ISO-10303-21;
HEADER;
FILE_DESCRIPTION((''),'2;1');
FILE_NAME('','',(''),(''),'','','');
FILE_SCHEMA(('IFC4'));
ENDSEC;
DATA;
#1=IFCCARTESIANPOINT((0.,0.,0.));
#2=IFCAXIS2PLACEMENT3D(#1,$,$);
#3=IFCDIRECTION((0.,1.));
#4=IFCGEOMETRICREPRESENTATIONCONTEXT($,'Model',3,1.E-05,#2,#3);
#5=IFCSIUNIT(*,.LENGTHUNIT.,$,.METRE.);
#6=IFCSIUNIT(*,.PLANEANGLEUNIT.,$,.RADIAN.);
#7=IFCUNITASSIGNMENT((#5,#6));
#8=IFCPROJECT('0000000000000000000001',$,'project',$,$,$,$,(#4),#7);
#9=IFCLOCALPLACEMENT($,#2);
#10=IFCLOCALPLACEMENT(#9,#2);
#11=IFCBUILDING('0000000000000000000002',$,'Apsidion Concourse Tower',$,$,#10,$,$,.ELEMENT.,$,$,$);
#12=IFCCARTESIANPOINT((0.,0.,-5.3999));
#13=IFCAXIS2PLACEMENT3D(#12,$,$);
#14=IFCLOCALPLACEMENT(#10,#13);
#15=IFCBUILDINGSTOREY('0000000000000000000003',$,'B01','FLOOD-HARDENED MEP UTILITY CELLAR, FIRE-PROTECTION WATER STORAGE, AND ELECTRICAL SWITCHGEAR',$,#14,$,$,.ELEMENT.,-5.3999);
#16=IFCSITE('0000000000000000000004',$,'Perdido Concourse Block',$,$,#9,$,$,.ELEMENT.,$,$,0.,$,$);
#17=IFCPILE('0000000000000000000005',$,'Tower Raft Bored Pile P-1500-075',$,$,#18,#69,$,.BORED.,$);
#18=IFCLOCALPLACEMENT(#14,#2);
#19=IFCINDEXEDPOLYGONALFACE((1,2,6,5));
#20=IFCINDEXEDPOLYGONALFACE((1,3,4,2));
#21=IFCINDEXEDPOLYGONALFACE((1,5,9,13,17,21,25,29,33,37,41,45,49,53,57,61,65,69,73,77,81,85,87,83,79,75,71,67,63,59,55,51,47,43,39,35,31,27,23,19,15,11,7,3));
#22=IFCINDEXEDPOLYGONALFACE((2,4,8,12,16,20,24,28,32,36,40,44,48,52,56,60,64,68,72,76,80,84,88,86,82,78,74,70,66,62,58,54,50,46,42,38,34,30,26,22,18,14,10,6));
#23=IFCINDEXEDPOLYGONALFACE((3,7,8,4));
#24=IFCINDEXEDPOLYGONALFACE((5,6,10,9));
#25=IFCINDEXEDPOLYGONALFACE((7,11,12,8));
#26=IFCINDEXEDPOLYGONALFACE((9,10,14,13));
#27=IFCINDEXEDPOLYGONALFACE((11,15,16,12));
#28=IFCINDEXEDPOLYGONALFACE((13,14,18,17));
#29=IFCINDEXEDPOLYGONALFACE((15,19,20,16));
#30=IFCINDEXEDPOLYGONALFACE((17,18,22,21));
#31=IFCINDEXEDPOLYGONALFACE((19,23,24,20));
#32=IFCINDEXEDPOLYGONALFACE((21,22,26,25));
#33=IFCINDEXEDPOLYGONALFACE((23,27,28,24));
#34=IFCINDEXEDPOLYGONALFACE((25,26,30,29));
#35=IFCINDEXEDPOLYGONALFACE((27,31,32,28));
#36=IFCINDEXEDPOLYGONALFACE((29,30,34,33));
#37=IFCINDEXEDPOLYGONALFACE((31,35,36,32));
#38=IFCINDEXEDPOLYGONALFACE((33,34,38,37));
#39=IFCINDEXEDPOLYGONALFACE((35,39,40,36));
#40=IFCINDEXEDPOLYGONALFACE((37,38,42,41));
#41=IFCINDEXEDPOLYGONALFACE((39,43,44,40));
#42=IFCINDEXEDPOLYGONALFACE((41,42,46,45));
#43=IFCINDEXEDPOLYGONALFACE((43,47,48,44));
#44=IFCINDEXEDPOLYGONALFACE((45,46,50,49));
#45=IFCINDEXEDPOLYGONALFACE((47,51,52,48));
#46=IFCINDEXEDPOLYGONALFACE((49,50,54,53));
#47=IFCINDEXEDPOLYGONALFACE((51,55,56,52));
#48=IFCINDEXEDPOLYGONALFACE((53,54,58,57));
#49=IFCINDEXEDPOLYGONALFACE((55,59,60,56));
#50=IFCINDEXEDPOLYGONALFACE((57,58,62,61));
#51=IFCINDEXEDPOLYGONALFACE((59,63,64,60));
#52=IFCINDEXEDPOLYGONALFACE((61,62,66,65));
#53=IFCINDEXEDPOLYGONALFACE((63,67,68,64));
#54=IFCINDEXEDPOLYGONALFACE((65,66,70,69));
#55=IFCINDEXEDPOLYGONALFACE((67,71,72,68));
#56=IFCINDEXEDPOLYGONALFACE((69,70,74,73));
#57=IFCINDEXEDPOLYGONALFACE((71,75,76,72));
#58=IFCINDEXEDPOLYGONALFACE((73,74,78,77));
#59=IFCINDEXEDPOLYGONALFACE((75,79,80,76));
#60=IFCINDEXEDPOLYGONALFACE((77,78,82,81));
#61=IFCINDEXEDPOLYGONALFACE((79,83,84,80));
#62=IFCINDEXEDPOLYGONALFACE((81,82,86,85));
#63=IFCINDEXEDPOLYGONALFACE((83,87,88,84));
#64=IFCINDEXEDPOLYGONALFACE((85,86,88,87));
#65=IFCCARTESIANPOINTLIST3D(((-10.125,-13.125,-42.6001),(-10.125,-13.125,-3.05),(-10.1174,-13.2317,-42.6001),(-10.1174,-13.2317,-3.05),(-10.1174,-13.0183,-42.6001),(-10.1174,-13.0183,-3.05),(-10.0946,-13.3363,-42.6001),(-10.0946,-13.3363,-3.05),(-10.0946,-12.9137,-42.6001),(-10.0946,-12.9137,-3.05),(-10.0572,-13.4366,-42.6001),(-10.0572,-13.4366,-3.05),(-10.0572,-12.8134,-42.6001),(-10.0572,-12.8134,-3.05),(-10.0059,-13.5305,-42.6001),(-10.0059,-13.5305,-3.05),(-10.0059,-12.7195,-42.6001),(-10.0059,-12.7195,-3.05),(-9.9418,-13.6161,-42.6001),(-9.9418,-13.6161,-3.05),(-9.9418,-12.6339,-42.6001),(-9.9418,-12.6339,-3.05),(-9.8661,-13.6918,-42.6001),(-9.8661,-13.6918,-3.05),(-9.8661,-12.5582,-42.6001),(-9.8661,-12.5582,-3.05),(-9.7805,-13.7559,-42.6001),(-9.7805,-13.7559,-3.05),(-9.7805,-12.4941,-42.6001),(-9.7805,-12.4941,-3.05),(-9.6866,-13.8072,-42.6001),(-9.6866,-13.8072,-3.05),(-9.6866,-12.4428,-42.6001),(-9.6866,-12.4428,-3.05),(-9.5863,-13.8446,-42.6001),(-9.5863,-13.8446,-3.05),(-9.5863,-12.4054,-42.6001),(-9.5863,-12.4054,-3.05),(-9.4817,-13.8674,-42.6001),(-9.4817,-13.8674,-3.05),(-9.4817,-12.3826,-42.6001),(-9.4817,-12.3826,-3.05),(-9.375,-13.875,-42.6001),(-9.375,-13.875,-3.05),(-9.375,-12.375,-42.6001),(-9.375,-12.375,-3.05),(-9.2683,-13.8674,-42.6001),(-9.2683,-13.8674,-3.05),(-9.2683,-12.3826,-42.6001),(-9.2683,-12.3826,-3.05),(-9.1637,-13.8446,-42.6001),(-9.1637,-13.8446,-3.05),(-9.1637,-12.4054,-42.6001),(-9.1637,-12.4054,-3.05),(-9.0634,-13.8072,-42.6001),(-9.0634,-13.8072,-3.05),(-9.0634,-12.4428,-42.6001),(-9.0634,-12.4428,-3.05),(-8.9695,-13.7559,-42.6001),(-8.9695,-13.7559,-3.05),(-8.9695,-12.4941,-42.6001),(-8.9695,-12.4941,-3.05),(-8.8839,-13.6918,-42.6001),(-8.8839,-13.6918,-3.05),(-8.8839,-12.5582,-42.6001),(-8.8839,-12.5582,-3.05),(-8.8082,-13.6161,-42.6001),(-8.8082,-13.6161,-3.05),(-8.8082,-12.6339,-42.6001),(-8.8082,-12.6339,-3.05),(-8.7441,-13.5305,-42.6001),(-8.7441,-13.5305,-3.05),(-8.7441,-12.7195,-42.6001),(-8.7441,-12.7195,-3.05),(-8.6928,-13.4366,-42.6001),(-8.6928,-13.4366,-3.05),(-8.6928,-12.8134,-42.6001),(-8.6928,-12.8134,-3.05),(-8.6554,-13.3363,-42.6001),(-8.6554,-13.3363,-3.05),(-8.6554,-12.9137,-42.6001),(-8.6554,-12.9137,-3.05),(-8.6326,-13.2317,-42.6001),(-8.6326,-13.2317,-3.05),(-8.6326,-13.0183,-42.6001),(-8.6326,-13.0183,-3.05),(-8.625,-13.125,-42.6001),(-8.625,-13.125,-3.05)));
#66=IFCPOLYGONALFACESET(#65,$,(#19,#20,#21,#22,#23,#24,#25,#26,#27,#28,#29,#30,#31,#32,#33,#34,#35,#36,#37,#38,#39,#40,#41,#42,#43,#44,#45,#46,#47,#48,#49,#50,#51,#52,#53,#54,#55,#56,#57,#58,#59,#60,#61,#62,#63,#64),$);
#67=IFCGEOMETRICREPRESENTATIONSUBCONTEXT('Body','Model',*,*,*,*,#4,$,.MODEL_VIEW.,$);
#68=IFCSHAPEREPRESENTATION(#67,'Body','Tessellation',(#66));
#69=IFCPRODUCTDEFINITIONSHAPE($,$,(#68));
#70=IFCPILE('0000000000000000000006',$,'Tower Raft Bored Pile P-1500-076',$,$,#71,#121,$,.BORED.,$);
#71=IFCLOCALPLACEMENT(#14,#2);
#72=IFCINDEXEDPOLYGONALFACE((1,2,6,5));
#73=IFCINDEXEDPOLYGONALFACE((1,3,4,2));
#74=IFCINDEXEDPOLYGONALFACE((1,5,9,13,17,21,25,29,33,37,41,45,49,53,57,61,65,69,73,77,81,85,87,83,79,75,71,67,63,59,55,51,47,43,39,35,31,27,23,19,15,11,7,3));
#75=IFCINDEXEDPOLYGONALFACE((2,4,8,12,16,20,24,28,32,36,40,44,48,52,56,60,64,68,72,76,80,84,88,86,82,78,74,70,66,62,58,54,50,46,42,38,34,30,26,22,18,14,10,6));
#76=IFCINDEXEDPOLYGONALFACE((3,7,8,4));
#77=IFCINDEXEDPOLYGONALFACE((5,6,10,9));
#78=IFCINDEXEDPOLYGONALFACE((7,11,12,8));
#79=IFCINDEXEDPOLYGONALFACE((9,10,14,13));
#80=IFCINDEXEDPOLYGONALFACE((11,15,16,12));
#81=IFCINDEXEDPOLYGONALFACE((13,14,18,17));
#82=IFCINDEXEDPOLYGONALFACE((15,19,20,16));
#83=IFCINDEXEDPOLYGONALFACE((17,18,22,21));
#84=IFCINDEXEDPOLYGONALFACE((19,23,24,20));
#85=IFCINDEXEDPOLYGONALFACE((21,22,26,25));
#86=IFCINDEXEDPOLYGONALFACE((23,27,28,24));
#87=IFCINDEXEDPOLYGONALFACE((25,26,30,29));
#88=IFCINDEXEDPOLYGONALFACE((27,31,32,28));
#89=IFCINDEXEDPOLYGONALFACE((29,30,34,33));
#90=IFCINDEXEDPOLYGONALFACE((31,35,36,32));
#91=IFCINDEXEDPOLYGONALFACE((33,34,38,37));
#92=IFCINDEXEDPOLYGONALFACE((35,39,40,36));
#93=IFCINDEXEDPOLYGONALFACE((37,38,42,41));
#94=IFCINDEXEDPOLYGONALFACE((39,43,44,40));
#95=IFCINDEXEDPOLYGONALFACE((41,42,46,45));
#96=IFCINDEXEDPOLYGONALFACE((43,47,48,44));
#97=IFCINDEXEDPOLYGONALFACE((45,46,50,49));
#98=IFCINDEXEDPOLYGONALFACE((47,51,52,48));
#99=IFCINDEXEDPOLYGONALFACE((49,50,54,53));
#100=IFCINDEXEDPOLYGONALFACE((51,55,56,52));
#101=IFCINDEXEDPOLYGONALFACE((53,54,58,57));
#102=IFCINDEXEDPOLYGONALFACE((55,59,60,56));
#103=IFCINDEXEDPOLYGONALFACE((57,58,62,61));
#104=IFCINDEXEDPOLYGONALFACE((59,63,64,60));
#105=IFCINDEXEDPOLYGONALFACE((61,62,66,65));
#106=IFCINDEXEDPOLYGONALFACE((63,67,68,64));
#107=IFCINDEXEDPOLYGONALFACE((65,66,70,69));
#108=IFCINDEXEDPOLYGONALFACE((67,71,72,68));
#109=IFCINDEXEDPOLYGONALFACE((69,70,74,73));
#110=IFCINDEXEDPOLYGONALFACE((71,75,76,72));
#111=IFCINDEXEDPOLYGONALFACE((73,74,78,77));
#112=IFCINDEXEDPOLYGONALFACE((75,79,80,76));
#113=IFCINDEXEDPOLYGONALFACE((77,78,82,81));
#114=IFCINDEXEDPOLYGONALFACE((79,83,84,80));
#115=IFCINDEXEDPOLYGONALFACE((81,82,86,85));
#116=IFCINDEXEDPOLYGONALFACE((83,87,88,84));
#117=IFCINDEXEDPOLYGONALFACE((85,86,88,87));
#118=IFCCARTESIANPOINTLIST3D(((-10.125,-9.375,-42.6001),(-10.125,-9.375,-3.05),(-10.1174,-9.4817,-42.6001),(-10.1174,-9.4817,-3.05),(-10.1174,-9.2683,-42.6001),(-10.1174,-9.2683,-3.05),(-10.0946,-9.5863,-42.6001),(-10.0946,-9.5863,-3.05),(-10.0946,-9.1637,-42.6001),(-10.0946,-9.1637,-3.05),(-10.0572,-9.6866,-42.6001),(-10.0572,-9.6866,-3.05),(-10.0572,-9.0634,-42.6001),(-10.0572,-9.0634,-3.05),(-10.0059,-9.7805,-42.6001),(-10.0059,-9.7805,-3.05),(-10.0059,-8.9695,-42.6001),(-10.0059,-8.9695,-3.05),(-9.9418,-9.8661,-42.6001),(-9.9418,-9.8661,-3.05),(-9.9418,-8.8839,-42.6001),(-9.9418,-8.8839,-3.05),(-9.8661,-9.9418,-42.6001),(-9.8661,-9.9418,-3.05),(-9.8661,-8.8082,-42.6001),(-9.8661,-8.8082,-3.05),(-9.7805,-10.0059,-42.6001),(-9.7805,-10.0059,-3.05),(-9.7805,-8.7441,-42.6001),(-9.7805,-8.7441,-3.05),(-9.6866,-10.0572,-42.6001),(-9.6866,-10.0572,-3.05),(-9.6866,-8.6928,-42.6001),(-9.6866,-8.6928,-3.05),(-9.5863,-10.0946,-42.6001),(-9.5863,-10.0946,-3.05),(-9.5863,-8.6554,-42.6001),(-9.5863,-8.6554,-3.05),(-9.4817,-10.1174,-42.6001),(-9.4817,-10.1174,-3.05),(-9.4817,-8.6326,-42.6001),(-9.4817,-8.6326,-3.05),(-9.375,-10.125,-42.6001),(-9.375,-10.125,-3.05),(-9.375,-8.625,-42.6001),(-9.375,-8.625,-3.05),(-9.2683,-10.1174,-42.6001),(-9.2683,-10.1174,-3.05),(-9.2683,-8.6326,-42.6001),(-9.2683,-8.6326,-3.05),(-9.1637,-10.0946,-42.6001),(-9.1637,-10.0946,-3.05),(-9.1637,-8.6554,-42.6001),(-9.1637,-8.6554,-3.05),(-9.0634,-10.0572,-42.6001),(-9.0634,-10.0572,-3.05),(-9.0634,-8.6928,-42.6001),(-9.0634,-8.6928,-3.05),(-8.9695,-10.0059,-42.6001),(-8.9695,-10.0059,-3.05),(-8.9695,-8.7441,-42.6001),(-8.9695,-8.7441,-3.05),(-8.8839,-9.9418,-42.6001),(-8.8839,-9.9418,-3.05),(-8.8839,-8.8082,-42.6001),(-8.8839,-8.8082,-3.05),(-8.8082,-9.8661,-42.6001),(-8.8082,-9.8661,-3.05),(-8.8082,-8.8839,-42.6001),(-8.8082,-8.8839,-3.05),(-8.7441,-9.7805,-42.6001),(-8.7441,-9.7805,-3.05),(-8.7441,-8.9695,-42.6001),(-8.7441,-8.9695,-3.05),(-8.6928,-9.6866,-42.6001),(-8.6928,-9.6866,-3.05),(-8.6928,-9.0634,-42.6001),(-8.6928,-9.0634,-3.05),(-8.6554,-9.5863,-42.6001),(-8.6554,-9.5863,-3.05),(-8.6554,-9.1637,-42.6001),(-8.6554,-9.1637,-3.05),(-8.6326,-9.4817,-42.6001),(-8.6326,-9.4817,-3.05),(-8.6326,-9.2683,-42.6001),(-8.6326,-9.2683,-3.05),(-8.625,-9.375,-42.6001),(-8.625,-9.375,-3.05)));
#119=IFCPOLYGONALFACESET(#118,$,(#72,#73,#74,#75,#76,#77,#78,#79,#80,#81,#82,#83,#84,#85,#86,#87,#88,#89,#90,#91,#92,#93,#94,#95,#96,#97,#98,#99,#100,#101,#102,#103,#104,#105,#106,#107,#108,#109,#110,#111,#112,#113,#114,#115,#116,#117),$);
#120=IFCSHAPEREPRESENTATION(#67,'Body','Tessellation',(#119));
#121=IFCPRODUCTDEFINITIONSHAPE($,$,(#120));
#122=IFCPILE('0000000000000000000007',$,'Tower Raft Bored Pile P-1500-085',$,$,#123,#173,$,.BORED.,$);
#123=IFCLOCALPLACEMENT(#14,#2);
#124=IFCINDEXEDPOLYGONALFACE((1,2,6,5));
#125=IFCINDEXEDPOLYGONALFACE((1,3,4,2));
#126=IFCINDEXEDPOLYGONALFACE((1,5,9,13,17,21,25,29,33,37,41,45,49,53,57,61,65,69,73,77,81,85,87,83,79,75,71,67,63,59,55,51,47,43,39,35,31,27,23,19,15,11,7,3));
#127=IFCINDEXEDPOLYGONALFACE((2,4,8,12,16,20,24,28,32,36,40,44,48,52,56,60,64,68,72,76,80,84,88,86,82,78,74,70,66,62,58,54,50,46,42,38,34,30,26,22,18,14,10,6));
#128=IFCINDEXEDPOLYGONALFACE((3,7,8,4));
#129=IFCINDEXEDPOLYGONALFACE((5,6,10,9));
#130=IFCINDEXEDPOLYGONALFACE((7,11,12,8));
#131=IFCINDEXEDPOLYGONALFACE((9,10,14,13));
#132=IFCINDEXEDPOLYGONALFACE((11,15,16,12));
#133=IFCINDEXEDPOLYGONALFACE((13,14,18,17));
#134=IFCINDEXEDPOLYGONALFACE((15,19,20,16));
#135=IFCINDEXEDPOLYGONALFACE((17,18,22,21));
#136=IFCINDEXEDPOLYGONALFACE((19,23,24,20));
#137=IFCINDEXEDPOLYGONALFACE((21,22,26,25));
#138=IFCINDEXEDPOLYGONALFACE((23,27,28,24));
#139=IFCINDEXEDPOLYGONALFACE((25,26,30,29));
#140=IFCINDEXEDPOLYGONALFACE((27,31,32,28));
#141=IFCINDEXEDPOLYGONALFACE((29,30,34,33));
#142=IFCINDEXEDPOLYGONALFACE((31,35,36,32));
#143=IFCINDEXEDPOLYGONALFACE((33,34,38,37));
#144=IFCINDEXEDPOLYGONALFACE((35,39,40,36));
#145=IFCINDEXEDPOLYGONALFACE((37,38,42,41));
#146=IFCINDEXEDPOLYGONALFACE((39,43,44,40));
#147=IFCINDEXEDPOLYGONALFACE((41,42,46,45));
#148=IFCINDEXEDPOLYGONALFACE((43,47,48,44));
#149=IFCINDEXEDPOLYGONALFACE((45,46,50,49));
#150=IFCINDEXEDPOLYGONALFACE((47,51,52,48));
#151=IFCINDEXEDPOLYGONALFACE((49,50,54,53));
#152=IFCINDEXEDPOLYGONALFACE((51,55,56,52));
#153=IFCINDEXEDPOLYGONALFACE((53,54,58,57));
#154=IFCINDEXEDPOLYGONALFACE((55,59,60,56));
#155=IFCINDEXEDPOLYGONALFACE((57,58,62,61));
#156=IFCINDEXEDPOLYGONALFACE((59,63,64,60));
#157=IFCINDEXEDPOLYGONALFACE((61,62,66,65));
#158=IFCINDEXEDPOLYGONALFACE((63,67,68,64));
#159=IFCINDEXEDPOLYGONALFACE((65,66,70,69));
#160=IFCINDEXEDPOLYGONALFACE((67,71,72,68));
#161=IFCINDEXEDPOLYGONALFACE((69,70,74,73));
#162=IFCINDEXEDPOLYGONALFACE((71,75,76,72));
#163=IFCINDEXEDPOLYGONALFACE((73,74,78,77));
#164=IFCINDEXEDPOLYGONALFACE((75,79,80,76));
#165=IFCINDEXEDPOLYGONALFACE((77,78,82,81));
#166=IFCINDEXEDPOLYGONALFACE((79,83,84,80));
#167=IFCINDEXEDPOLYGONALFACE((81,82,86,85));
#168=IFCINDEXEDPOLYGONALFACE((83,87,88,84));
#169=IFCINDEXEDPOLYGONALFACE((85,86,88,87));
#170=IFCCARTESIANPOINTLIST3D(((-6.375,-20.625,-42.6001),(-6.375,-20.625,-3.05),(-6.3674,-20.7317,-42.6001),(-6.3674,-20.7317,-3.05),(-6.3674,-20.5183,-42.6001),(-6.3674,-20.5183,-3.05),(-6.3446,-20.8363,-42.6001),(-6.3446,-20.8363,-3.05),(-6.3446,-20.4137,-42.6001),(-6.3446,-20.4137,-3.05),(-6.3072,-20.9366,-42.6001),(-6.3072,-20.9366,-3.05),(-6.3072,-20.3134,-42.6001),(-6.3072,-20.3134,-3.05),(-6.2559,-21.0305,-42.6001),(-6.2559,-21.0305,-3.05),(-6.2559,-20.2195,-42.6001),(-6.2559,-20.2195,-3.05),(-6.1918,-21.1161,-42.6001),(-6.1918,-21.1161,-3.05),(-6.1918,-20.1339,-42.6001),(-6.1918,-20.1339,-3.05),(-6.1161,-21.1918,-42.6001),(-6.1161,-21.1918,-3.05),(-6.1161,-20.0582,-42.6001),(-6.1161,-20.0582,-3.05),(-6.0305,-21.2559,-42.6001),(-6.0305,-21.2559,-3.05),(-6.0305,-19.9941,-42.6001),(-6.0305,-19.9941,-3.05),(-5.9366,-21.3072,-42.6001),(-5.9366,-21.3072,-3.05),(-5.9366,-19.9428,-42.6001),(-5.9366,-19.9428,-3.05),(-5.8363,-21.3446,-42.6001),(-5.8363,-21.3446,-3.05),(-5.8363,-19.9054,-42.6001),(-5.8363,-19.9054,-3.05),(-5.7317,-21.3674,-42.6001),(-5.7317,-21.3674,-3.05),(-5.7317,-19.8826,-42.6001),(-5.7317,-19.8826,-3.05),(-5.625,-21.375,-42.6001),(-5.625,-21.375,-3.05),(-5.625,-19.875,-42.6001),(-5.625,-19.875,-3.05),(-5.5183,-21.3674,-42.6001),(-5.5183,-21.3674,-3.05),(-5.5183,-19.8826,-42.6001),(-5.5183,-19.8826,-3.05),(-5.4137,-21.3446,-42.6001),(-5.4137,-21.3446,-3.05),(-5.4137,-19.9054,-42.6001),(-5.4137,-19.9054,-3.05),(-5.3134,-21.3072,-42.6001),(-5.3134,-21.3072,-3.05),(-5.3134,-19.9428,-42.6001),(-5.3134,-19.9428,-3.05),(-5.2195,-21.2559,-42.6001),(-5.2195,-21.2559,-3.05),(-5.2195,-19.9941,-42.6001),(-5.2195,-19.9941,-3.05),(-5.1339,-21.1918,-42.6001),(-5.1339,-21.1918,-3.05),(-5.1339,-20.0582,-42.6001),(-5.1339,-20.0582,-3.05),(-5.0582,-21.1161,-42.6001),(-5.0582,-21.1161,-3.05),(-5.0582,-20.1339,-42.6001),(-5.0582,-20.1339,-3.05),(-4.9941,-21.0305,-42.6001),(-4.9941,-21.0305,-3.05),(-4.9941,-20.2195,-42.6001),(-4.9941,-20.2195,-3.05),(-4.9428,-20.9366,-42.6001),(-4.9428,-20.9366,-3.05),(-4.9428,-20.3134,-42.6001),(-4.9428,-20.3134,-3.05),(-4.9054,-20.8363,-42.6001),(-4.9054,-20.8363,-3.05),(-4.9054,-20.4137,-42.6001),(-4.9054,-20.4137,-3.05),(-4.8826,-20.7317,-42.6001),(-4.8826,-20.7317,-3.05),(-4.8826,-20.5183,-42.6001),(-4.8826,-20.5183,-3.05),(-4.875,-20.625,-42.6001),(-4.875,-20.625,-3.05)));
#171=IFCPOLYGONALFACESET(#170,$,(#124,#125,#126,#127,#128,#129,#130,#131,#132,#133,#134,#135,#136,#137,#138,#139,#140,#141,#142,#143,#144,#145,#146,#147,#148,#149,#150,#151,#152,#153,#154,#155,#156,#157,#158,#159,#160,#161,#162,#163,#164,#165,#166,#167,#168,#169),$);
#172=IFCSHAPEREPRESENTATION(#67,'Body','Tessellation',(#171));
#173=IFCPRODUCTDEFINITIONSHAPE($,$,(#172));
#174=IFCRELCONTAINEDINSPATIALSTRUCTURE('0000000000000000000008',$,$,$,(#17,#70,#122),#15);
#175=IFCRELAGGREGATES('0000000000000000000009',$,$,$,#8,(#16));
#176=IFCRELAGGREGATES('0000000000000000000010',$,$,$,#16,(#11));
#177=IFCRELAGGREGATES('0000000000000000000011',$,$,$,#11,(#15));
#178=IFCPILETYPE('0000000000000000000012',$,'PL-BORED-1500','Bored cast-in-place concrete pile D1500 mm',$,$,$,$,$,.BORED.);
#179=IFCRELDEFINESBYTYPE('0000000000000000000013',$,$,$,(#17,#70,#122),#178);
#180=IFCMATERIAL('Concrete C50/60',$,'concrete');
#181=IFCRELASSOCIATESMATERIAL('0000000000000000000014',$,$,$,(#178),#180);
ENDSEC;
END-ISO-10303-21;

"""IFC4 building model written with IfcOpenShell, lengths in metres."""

from ifc_helpers import new_model, si_unit, direction, frame, origin, origin_2d, place, context, subcontext, project, spatial, circle, extrude, material, material_profile, profile_set, type_object, element, save


model = new_model("IFC4")

# Units and contexts
model_context = context("Model", 3, precision=1e-05, world=origin(), true_north=direction((0.0, 1.0)))
body_context = subcontext(model_context, "Body", "Model", "MODEL_VIEW")
ifc_project = project(units=[si_unit("LENGTHUNIT", "METRE"), si_unit("PLANEANGLEUNIT", "RADIAN")], contexts=[model_context])

# Site, building, storey
site_placement = place(None, origin())
site = spatial("IfcSite", under=ifc_project, at=site_placement, Name="Perdido Concourse Block", CompositionType="ELEMENT", RefElevation=0.0)
building_placement = place(site_placement, origin())
building = spatial("IfcBuilding", under=site, at=building_placement, Name="Apsidion Concourse Tower", CompositionType="ELEMENT")
storey_placement = place(building_placement, frame((0.0, 0.0, -5.3999)))
storey = spatial("IfcBuildingStorey", under=building, at=storey_placement, Name="B01", Description="FLOOD-HARDENED MEP UTILITY CELLAR, FIRE-PROTECTION WATER STORAGE, AND ELECTRICAL SWITCHGEAR", CompositionType="ELEMENT", Elevation=-5.3999)

# Shared definitions
ifc_material_1 = material(Name="Concrete C50/60", Category="concrete")

# Piles
ifc_material_profile_1 = material_profile(ifc_material_1, circle(Radius=0.75, at=origin_2d()), Name="BORED PILE D1500")
ifc_profile_set_1 = profile_set([ifc_material_profile_1], Name="Concrete C50/60")
pile_type_1 = type_object("IfcPileType", Name="PL-BORED-1500", Description="Bored cast-in-place concrete pile D1500 mm", PredefinedType="BORED", material=ifc_profile_set_1)
for number, where, z_axis, x_axis, name in (
    (1, (-9.375, -13.125, -3.05), (0.0, 0.0, -1.0), (1.0, 0.0, 0.0), "Tower Raft Bored Pile P-1500-075"),
    (2, (-9.375, -9.375, -3.05), (0.0, 0.0, -1.0), (1.0, 0.0, 0.0), "Tower Raft Bored Pile P-1500-076"),
    (3, (-5.625, -20.625, -3.05), (0.0, 0.0, -1.0), (1.0, 0.0, 0.0), "Tower Raft Bored Pile P-1500-085"),
):
    element("IfcPile", number, at=place(storey_placement, frame(where, z_axis=z_axis, x_axis=x_axis)), inside=storey, type_object=pile_type_1, Name=name, PredefinedType="BORED", context=body_context, shape_type="SweptSolid", body=[
        extrude(circle(Radius=0.75, at=origin_2d()), origin(), (0.0, 0.0, 1.0), 39.55),
    ])

save(model, "model.ifc")
